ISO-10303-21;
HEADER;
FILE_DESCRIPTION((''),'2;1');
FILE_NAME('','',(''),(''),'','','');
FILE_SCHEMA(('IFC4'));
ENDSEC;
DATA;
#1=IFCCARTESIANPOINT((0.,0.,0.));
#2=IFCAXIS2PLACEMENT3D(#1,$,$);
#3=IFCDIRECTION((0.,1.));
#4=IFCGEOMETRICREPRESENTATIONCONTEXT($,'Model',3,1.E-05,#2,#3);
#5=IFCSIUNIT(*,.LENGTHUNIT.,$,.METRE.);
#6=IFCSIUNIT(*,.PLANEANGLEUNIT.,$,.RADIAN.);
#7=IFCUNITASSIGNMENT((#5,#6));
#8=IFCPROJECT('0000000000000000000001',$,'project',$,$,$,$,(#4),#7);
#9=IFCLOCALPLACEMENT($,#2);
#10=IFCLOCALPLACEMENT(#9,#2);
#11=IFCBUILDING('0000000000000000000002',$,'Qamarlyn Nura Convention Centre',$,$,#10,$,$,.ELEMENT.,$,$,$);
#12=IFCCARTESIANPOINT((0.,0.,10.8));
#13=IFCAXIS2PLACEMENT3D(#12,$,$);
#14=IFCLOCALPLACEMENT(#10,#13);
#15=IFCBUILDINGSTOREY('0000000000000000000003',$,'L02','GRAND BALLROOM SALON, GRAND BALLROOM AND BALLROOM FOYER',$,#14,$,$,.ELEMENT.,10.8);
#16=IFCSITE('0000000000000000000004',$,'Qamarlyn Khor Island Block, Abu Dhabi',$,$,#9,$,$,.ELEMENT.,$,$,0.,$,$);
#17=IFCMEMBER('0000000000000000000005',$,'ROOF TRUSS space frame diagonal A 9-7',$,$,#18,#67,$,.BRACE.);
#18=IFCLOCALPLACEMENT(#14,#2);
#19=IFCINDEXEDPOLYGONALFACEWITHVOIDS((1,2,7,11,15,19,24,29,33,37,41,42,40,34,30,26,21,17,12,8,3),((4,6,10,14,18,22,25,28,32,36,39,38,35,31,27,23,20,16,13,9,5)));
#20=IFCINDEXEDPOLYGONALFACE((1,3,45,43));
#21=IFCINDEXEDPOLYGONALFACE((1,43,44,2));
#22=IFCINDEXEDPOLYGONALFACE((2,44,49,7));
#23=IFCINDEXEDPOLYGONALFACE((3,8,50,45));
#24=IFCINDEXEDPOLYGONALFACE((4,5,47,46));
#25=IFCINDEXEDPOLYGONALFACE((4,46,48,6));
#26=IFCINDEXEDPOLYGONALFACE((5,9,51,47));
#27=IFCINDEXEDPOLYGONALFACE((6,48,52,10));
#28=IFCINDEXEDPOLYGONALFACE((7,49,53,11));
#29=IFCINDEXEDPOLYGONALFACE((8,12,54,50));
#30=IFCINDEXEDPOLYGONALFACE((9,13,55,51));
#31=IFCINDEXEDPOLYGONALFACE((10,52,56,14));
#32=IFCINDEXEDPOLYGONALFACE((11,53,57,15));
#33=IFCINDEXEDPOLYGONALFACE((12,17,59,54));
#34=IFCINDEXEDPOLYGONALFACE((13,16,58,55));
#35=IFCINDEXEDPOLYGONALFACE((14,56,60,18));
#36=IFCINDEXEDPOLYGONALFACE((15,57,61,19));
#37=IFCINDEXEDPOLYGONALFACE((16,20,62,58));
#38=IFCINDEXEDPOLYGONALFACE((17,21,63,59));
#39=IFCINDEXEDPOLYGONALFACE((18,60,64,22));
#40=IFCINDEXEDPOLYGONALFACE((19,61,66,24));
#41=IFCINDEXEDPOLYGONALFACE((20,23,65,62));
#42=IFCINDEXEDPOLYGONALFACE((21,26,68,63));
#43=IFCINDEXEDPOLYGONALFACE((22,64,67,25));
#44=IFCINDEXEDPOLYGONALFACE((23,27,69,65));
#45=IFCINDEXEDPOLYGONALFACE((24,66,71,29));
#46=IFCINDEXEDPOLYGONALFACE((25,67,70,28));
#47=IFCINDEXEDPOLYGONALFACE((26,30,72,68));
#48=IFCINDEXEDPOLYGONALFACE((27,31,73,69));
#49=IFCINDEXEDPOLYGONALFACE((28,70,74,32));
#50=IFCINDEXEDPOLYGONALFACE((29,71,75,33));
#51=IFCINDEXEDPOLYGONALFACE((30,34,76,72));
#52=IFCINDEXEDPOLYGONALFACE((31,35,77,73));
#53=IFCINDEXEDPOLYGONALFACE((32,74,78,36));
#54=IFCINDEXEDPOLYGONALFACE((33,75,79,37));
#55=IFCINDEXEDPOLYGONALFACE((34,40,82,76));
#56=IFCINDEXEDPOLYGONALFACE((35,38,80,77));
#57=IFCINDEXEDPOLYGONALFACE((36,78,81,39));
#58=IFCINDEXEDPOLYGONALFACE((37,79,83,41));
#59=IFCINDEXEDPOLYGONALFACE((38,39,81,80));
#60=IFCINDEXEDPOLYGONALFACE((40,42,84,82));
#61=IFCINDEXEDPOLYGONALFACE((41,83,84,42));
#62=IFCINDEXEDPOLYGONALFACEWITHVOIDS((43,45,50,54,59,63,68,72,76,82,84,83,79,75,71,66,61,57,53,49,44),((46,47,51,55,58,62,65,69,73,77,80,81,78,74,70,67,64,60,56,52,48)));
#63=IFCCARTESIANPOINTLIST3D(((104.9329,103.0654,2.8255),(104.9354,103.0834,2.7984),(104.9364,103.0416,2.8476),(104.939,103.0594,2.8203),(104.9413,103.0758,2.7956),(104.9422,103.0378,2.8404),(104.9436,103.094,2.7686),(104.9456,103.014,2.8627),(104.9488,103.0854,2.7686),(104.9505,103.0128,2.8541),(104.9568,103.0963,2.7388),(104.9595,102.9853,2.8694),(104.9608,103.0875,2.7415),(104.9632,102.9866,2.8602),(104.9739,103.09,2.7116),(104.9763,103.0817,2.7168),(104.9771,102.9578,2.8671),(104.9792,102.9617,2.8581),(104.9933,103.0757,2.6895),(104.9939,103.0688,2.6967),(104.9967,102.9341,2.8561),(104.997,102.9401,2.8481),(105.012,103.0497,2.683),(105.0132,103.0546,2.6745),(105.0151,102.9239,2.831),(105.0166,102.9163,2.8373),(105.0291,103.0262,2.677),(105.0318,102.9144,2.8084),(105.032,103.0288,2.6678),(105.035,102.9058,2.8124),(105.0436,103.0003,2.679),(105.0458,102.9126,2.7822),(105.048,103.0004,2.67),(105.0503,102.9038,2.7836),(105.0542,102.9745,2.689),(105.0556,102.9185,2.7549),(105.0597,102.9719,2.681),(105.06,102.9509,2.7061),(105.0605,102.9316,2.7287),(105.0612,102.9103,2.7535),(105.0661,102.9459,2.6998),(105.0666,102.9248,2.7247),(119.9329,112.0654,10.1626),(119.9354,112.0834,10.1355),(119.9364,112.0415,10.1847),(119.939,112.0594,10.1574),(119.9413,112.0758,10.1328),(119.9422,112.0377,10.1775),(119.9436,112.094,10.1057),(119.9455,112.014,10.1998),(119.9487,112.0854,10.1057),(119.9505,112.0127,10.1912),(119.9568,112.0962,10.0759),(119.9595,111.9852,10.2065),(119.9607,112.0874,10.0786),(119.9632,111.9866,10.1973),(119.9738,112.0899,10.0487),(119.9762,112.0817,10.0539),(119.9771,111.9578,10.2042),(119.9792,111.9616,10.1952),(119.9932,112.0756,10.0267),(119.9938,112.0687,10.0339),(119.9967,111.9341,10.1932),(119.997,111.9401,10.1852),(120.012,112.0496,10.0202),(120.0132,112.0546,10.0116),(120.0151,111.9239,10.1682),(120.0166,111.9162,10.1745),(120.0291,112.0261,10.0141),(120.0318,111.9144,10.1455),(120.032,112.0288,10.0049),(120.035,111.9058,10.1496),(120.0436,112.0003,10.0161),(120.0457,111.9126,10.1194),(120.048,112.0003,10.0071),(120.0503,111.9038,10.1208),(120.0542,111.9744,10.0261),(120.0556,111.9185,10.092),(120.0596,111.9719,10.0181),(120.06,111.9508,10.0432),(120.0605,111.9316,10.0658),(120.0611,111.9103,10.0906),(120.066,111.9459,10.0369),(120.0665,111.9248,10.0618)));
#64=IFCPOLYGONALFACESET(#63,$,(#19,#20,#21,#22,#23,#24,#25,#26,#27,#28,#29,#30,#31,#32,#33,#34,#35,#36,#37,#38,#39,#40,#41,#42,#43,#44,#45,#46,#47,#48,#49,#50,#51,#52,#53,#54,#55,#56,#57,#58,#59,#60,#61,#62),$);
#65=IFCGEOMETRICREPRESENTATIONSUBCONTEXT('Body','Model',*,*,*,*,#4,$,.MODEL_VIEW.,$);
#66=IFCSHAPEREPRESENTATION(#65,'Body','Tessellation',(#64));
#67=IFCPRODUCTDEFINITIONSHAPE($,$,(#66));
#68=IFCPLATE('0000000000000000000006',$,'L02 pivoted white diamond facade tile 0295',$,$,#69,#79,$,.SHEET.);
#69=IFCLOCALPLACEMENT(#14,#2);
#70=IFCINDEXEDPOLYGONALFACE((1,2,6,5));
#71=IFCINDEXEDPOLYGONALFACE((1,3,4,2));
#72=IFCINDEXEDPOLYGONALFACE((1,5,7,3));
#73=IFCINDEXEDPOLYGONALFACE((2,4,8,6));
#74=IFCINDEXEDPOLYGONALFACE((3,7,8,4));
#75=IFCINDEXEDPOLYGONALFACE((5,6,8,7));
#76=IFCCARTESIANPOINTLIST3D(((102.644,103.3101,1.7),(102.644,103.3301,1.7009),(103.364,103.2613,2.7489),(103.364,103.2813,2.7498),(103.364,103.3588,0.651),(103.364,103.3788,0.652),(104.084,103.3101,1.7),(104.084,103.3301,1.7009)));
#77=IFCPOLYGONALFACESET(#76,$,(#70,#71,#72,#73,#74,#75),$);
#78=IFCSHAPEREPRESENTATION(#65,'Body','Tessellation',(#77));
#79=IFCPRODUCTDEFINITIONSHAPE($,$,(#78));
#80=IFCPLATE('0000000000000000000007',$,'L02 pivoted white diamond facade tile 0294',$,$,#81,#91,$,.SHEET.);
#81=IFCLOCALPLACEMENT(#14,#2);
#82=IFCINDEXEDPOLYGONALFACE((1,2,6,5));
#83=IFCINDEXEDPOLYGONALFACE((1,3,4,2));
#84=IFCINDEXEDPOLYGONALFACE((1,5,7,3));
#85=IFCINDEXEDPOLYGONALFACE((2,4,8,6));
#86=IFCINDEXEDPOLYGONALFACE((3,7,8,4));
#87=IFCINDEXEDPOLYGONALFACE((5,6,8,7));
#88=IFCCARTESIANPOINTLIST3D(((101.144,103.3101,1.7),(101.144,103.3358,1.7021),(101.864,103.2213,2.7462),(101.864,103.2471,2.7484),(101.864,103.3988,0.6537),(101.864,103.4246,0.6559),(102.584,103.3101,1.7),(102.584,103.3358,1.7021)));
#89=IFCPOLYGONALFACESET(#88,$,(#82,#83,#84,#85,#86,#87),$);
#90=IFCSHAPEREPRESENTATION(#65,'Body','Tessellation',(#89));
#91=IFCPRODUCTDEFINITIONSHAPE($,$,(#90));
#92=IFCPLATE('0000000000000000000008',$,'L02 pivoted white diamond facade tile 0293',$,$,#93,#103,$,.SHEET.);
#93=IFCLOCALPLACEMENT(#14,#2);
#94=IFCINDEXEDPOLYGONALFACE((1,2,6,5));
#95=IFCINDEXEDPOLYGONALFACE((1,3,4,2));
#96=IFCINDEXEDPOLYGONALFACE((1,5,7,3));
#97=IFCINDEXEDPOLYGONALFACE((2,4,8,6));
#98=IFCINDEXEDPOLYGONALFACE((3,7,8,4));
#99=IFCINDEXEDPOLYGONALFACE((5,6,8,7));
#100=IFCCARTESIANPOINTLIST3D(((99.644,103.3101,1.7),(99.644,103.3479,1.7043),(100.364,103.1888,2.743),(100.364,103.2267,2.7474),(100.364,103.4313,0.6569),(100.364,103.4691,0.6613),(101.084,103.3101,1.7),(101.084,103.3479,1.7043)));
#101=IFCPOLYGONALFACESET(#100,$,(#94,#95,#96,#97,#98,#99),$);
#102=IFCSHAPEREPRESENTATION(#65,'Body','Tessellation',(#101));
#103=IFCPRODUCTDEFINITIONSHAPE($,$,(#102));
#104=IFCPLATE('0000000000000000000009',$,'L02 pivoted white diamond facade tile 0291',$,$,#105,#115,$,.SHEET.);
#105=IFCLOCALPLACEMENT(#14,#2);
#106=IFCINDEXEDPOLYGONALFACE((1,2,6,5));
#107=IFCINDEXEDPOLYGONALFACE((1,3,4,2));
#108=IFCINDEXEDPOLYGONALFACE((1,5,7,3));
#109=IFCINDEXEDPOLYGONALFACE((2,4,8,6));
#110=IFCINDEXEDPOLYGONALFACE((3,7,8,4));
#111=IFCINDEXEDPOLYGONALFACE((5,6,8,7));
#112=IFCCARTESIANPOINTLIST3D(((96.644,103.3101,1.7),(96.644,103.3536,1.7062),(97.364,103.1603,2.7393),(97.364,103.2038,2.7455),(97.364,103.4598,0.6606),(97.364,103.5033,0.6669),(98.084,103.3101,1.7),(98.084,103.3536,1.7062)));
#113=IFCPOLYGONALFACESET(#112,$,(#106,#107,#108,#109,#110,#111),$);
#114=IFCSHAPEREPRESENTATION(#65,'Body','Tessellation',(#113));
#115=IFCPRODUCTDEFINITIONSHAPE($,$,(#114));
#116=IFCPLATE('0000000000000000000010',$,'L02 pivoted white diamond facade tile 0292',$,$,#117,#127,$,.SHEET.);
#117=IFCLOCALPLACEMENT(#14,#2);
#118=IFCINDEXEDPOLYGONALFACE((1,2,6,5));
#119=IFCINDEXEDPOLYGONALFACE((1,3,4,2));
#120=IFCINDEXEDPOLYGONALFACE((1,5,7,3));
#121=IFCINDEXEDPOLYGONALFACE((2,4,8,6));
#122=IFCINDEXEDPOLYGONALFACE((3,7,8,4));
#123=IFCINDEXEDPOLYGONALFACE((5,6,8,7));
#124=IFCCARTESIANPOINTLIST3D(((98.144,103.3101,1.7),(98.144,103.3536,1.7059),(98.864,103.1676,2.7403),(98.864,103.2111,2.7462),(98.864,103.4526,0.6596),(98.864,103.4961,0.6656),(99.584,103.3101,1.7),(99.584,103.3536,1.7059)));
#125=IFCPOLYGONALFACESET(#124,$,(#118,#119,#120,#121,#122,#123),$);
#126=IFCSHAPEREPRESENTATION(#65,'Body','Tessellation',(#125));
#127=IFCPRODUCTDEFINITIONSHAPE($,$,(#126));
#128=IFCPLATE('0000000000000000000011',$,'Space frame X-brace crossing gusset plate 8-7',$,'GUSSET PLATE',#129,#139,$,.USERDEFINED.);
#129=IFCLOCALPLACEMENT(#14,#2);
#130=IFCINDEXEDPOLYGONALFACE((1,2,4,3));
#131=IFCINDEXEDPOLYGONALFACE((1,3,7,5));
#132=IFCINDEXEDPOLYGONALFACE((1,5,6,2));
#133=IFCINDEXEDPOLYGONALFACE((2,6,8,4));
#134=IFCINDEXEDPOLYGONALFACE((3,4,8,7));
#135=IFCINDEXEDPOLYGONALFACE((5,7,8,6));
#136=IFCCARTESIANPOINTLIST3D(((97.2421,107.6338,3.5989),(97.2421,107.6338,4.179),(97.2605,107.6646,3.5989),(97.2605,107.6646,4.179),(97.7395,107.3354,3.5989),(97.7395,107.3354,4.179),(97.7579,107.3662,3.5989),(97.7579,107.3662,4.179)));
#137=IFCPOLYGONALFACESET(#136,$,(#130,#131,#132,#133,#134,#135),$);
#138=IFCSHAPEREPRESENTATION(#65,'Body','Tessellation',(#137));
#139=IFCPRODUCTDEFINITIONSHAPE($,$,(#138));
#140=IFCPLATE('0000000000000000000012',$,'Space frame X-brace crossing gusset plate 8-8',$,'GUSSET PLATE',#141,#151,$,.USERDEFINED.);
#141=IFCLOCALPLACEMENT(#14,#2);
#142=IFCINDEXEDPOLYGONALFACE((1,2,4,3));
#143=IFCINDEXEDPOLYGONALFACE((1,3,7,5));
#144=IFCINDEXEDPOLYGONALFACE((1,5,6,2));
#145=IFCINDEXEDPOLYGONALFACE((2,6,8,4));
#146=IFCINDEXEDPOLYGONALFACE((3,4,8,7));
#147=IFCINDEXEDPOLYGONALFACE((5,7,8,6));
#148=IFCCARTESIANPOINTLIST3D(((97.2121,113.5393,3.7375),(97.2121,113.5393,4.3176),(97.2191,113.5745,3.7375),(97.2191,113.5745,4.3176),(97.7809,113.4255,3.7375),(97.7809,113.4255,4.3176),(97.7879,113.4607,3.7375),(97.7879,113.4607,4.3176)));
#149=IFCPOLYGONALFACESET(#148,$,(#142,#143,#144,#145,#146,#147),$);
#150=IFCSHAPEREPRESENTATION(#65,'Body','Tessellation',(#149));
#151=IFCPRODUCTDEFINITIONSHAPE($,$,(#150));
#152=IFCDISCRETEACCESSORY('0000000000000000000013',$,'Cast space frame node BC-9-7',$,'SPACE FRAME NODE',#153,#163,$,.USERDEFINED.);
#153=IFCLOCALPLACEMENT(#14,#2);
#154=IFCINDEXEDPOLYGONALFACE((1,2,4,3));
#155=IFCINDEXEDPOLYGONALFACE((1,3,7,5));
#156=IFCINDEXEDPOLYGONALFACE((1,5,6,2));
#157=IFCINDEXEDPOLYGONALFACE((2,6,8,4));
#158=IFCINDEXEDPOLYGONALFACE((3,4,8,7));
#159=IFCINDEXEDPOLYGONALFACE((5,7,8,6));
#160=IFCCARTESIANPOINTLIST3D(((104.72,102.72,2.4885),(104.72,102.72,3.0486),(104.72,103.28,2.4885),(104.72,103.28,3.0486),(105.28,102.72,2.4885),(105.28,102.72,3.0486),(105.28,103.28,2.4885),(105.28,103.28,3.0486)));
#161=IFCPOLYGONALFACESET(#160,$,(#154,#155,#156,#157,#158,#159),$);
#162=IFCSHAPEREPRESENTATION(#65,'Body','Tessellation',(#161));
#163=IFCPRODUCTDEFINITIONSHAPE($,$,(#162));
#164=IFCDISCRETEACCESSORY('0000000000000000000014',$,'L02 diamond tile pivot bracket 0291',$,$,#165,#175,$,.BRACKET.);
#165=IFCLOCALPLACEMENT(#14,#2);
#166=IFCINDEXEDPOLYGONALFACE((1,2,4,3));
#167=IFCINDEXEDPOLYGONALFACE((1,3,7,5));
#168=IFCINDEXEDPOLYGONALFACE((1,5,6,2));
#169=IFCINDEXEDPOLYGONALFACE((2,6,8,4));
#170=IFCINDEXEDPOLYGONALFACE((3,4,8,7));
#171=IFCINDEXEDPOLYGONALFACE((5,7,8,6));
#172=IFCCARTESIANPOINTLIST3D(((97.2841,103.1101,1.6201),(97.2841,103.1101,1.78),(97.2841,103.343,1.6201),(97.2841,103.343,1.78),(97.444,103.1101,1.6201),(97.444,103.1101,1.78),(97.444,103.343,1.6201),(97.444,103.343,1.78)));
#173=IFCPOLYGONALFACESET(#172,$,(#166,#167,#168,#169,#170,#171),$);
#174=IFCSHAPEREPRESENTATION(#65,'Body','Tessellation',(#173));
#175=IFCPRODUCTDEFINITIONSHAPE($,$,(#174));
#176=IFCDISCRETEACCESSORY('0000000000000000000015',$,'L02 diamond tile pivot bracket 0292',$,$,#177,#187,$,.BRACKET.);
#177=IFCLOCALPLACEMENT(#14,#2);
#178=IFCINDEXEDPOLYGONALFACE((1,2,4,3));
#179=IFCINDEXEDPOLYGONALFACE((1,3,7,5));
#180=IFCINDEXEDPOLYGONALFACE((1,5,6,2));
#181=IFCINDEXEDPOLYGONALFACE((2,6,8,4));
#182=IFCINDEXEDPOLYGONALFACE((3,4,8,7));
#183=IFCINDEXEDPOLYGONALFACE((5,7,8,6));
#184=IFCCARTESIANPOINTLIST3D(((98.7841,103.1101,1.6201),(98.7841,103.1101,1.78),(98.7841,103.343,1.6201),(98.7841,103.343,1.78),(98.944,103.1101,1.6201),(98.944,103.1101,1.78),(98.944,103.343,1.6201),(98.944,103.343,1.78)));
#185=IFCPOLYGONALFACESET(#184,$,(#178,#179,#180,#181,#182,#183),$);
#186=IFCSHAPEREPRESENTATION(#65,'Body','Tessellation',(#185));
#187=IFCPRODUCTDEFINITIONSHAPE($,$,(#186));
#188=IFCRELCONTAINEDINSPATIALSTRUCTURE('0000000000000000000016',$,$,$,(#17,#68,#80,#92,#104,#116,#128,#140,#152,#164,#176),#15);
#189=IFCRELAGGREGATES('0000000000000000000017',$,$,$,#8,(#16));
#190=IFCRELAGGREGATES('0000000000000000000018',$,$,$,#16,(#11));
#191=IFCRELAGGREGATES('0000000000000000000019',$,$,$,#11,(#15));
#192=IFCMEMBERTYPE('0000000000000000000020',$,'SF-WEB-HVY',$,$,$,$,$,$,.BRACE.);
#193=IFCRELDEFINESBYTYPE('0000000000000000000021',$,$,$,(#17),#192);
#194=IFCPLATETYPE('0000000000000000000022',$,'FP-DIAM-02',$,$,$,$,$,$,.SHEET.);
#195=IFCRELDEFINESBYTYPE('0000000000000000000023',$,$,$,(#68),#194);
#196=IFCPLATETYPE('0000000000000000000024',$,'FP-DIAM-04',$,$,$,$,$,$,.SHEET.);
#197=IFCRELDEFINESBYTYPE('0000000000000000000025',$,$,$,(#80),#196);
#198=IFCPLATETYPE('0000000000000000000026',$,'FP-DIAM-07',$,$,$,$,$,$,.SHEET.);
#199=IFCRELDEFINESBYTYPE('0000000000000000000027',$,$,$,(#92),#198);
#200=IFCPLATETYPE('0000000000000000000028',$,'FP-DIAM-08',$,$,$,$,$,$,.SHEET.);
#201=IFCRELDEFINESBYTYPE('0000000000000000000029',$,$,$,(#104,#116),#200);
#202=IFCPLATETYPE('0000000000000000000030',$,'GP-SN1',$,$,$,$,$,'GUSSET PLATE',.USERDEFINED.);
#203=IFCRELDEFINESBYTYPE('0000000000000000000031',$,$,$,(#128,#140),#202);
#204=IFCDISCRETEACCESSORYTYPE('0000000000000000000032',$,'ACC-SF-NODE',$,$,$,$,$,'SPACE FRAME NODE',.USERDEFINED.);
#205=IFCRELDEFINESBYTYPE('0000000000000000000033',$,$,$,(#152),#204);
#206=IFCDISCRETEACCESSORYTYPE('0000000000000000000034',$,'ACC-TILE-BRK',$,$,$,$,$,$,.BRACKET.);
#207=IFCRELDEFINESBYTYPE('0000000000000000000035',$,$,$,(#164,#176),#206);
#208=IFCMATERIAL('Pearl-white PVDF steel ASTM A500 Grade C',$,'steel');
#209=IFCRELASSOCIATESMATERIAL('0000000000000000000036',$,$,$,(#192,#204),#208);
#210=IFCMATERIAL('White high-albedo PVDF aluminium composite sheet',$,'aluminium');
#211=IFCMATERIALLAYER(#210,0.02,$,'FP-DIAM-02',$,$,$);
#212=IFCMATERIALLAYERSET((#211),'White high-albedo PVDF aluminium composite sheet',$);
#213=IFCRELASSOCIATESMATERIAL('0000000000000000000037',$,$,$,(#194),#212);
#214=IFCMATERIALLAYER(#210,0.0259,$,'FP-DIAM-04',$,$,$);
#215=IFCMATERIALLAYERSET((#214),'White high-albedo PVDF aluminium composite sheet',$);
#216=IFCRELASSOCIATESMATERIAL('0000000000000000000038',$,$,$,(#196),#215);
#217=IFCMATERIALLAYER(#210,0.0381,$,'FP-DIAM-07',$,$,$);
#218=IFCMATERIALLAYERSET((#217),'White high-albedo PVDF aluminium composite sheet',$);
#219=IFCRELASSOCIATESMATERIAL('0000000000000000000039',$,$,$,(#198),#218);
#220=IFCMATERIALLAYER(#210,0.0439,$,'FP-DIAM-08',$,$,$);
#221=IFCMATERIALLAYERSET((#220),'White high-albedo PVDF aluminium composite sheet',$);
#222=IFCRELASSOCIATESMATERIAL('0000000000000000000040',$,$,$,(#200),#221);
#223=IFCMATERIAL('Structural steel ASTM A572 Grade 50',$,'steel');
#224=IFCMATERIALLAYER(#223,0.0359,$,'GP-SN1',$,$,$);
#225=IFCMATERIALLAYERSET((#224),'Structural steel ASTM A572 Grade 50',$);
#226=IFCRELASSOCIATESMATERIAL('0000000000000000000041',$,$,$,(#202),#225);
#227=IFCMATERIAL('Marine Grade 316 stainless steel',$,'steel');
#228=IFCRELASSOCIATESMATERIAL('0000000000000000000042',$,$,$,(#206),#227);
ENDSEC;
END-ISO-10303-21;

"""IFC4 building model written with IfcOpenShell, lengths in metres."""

from ifc_helpers import new_model, si_unit, direction, frame, origin, origin_2d, place, context, subcontext, project, spatial, polyline, rectangle, hollow_circle, outline, extrude, material, layer, layer_set, material_profile, profile_set, type_object, element, save


model = new_model("IFC4")

# Units and contexts
model_context = context("Model", 3, precision=1e-05, world=origin(), true_north=direction((0.0, 1.0)))
body_context = subcontext(model_context, "Body", "Model", "MODEL_VIEW")
ifc_project = project(units=[si_unit("LENGTHUNIT", "METRE"), si_unit("PLANEANGLEUNIT", "RADIAN")], contexts=[model_context])

# Site, building, storey
site_placement = place(None, origin())
site = spatial("IfcSite", under=ifc_project, at=site_placement, Name="Qamarlyn Khor Island Block, Abu Dhabi", CompositionType="ELEMENT", RefElevation=0.0)
building_placement = place(site_placement, origin())
building = spatial("IfcBuilding", under=site, at=building_placement, Name="Qamarlyn Nura Convention Centre", CompositionType="ELEMENT")
storey_placement = place(building_placement, frame((0.0, 0.0, 10.8)))
storey = spatial("IfcBuildingStorey", under=building, at=storey_placement, Name="L02", Description="GRAND BALLROOM SALON, GRAND BALLROOM AND BALLROOM FOYER", CompositionType="ELEMENT", Elevation=10.8)

# Member
ifc_material_1 = material(Name="Pearl-white PVDF steel ASTM A500 Grade C", Category="steel")
ifc_material_profile_1 = material_profile(ifc_material_1, hollow_circle(Radius=0.1096, WallThickness=0.01, at=origin_2d()), Name="CHS219.1X10")
ifc_profile_set_1 = profile_set([ifc_material_profile_1], Name="Pearl-white PVDF steel ASTM A500 Grade C")
member_type_1 = type_object("IfcMemberType", Name="SF-WEB-HVY", PredefinedType="BRACE", material=ifc_profile_set_1)
member_1_placement = place(storey_placement, frame((105.0, 103.0, 2.7686), z_axis=(0.790752, 0.474451, 0.386791), x_axis=(-0.514496, 0.857493, 0.0)))
element("IfcMember", 1, at=member_1_placement, inside=storey, type_object=member_type_1, Name="ROOF TRUSS space frame diagonal A 9-7", PredefinedType="BRACE", context=body_context, shape_type="SweptSolid", body=[
    extrude(hollow_circle(Radius=0.1096, WallThickness=0.01, at=origin_2d()), origin(), (0.0, 0.0, 1.0), 18.9692),
])

# Plates
ifc_material_2 = material(Name="White high-albedo PVDF aluminium composite sheet", Category="aluminium")
ifc_layer_1 = layer(ifc_material_2, 0.02, Name="FP-DIAM-02")
ifc_layer_set_1 = layer_set([ifc_layer_1], Name="White high-albedo PVDF aluminium composite sheet")
plate_type_1 = type_object("IfcPlateType", Name="FP-DIAM-02", PredefinedType="SHEET", material=ifc_layer_set_1)
plate_1_placement = place(storey_placement, frame((103.364, 103.3101, 1.7), z_axis=(0.0, 0.998923, 0.046409), x_axis=(-1.0, 0.0, 0.0)))
element("IfcPlate", 2, at=plate_1_placement, inside=storey, type_object=plate_type_1, Name="L02 pivoted white diamond facade tile 0295", PredefinedType="SHEET", context=body_context, shape_type="SweptSolid", body=[
    extrude(outline(polyline([(-0.72, 0.0), (0.0, -1.05), (0.72, 0.0), (0.0, 1.05), (-0.72, 0.0)])), origin(), (0.0, 0.0, 1.0), 0.02),
])
ifc_layer_2 = layer(ifc_material_2, 0.0259, Name="FP-DIAM-04")
ifc_layer_set_2 = layer_set([ifc_layer_2], Name="White high-albedo PVDF aluminium composite sheet")
plate_type_2 = type_object("IfcPlateType", Name="FP-DIAM-04", PredefinedType="SHEET", material=ifc_layer_set_2)
plate_2_placement = place(storey_placement, frame((101.864, 103.3101, 1.7), z_axis=(0.0, 0.996419, 0.084547), x_axis=(-1.0, 0.0, 0.0)))
element("IfcPlate", 3, at=plate_2_placement, inside=storey, type_object=plate_type_2, Name="L02 pivoted white diamond facade tile 0294", PredefinedType="SHEET", context=body_context, shape_type="SweptSolid", body=[
    extrude(outline(polyline([(-0.72, 0.0), (0.0, -1.05), (0.72, 0.0), (0.0, 1.05), (-0.72, 0.0)])), origin(), (0.0, 0.0, 1.0), 0.0259),
])
ifc_layer_3 = layer(ifc_material_2, 0.0381, Name="FP-DIAM-07")
ifc_layer_set_3 = layer_set([ifc_layer_3], Name="White high-albedo PVDF aluminium composite sheet")
plate_type_3 = type_object("IfcPlateType", Name="FP-DIAM-07", PredefinedType="SHEET", material=ifc_layer_set_3)
plate_3_placement = place(storey_placement, frame((100.364, 103.3101, 1.7), z_axis=(0.0, 0.993312, 0.115457), x_axis=(-1.0, 0.0, 0.0)))
element("IfcPlate", 4, at=plate_3_placement, inside=storey, type_object=plate_type_3, Name="L02 pivoted white diamond facade tile 0293", PredefinedType="SHEET", context=body_context, shape_type="SweptSolid", body=[
    extrude(outline(polyline([(-0.72, 0.0), (0.0, -1.05), (0.72, 0.0), (0.0, 1.05), (-0.72, 0.0)])), origin(), (0.0, 0.0, 1.0), 0.0381),
])
ifc_layer_4 = layer(ifc_material_2, 0.0439, Name="FP-DIAM-08")
ifc_layer_set_4 = layer_set([ifc_layer_4], Name="White high-albedo PVDF aluminium composite sheet")
plate_type_4 = type_object("IfcPlateType", Name="FP-DIAM-08", PredefinedType="SHEET", material=ifc_layer_set_4)
for number, where, z_axis, x_axis, name in (
    (5, (97.364, 103.3101, 1.7), (0.0, 0.989776, 0.142629), (-1.0, 0.0, 0.0), "L02 pivoted white diamond facade tile 0291"),
    (6, (98.864, 103.3101, 1.7), (0.0, 0.990748, 0.135716), (-1.0, 0.0, 0.0), "L02 pivoted white diamond facade tile 0292"),
):
    element("IfcPlate", number, at=place(storey_placement, frame(where, z_axis=z_axis, x_axis=x_axis)), inside=storey, type_object=plate_type_4, Name=name, PredefinedType="SHEET", context=body_context, shape_type="SweptSolid", body=[
        extrude(outline(polyline([(-0.72, 0.0), (0.0, -1.05), (0.72, 0.0), (0.0, 1.05), (-0.72, 0.0)])), origin(), (0.0, 0.0, 1.0), 0.0439),
    ])
ifc_material_3 = material(Name="Structural steel ASTM A572 Grade 50", Category="steel")
ifc_layer_5 = layer(ifc_material_3, 0.0359, Name="GP-SN1")
ifc_layer_set_5 = layer_set([ifc_layer_5], Name="Structural steel ASTM A572 Grade 50")
plate_type_5 = type_object("IfcPlateType", Name="GP-SN1", ElementType="GUSSET PLATE", PredefinedType="USERDEFINED", material=ifc_layer_set_5)
for number, where, z_axis, x_axis, name in (
    (7, (97.5, 107.5, 3.5989), (0.0, 0.0, 1.0), (-0.857493, 0.514496, 0.0), "Space frame X-brace crossing gusset plate 8-7"),
    (8, (97.5, 113.5, 3.7375), (0.0, 0.0, 1.0), (-0.980581, 0.196116, 0.0), "Space frame X-brace crossing gusset plate 8-8"),
):
    element("IfcPlate", number, at=place(storey_placement, frame(where, z_axis=z_axis, x_axis=x_axis)), inside=storey, type_object=plate_type_5, Name=name, ObjectType="GUSSET PLATE", PredefinedType="USERDEFINED", context=body_context, shape_type="SweptSolid", body=[
        extrude(rectangle(XDim=0.5801, YDim=0.0359, at=origin_2d()), origin(), (0.0, 0.0, 1.0), 0.5801),
    ])

# Discrete accessories
discrete_accessory_type_1 = type_object("IfcDiscreteAccessoryType", Name="ACC-SF-NODE", ElementType="SPACE FRAME NODE", PredefinedType="USERDEFINED", material=ifc_material_1)
discrete_accessory_1_placement = place(storey_placement, frame((105.0, 103.0, 2.4885), z_axis=(0.0, 0.0, 1.0), x_axis=(1.0, 0.0, 0.0)))
element("IfcDiscreteAccessory", 9, at=discrete_accessory_1_placement, inside=storey, type_object=discrete_accessory_type_1, Name="Cast space frame node BC-9-7", ObjectType="SPACE FRAME NODE", PredefinedType="USERDEFINED", context=body_context, shape_type="SweptSolid", body=[
    extrude(rectangle(XDim=0.5601, YDim=0.5601, at=origin_2d()), origin(), (0.0, 0.0, 1.0), 0.5601),
])
ifc_material_4 = material(Name="Marine Grade 316 stainless steel", Category="steel")
discrete_accessory_type_2 = type_object("IfcDiscreteAccessoryType", Name="ACC-TILE-BRK", PredefinedType="BRACKET", material=ifc_material_4)
for number, where, z_axis, x_axis, name in (
    (10, (97.364, 103.2266, 1.6201), (0.0, 0.0, 1.0), (0.0, 1.0, 0.0), "L02 diamond tile pivot bracket 0291"),
    (11, (98.864, 103.2266, 1.6201), (0.0, 0.0, 1.0), (0.0, 1.0, 0.0), "L02 diamond tile pivot bracket 0292"),
):
    element("IfcDiscreteAccessory", number, at=place(storey_placement, frame(where, z_axis=z_axis, x_axis=x_axis)), inside=storey, type_object=discrete_accessory_type_2, Name=name, PredefinedType="BRACKET", context=body_context, shape_type="SweptSolid", body=[
        extrude(rectangle(XDim=0.2329, YDim=0.1599, at=origin_2d()), origin(), (0.0, 0.0, 1.0), 0.1599),
    ])

save(model, "model.ifc")
